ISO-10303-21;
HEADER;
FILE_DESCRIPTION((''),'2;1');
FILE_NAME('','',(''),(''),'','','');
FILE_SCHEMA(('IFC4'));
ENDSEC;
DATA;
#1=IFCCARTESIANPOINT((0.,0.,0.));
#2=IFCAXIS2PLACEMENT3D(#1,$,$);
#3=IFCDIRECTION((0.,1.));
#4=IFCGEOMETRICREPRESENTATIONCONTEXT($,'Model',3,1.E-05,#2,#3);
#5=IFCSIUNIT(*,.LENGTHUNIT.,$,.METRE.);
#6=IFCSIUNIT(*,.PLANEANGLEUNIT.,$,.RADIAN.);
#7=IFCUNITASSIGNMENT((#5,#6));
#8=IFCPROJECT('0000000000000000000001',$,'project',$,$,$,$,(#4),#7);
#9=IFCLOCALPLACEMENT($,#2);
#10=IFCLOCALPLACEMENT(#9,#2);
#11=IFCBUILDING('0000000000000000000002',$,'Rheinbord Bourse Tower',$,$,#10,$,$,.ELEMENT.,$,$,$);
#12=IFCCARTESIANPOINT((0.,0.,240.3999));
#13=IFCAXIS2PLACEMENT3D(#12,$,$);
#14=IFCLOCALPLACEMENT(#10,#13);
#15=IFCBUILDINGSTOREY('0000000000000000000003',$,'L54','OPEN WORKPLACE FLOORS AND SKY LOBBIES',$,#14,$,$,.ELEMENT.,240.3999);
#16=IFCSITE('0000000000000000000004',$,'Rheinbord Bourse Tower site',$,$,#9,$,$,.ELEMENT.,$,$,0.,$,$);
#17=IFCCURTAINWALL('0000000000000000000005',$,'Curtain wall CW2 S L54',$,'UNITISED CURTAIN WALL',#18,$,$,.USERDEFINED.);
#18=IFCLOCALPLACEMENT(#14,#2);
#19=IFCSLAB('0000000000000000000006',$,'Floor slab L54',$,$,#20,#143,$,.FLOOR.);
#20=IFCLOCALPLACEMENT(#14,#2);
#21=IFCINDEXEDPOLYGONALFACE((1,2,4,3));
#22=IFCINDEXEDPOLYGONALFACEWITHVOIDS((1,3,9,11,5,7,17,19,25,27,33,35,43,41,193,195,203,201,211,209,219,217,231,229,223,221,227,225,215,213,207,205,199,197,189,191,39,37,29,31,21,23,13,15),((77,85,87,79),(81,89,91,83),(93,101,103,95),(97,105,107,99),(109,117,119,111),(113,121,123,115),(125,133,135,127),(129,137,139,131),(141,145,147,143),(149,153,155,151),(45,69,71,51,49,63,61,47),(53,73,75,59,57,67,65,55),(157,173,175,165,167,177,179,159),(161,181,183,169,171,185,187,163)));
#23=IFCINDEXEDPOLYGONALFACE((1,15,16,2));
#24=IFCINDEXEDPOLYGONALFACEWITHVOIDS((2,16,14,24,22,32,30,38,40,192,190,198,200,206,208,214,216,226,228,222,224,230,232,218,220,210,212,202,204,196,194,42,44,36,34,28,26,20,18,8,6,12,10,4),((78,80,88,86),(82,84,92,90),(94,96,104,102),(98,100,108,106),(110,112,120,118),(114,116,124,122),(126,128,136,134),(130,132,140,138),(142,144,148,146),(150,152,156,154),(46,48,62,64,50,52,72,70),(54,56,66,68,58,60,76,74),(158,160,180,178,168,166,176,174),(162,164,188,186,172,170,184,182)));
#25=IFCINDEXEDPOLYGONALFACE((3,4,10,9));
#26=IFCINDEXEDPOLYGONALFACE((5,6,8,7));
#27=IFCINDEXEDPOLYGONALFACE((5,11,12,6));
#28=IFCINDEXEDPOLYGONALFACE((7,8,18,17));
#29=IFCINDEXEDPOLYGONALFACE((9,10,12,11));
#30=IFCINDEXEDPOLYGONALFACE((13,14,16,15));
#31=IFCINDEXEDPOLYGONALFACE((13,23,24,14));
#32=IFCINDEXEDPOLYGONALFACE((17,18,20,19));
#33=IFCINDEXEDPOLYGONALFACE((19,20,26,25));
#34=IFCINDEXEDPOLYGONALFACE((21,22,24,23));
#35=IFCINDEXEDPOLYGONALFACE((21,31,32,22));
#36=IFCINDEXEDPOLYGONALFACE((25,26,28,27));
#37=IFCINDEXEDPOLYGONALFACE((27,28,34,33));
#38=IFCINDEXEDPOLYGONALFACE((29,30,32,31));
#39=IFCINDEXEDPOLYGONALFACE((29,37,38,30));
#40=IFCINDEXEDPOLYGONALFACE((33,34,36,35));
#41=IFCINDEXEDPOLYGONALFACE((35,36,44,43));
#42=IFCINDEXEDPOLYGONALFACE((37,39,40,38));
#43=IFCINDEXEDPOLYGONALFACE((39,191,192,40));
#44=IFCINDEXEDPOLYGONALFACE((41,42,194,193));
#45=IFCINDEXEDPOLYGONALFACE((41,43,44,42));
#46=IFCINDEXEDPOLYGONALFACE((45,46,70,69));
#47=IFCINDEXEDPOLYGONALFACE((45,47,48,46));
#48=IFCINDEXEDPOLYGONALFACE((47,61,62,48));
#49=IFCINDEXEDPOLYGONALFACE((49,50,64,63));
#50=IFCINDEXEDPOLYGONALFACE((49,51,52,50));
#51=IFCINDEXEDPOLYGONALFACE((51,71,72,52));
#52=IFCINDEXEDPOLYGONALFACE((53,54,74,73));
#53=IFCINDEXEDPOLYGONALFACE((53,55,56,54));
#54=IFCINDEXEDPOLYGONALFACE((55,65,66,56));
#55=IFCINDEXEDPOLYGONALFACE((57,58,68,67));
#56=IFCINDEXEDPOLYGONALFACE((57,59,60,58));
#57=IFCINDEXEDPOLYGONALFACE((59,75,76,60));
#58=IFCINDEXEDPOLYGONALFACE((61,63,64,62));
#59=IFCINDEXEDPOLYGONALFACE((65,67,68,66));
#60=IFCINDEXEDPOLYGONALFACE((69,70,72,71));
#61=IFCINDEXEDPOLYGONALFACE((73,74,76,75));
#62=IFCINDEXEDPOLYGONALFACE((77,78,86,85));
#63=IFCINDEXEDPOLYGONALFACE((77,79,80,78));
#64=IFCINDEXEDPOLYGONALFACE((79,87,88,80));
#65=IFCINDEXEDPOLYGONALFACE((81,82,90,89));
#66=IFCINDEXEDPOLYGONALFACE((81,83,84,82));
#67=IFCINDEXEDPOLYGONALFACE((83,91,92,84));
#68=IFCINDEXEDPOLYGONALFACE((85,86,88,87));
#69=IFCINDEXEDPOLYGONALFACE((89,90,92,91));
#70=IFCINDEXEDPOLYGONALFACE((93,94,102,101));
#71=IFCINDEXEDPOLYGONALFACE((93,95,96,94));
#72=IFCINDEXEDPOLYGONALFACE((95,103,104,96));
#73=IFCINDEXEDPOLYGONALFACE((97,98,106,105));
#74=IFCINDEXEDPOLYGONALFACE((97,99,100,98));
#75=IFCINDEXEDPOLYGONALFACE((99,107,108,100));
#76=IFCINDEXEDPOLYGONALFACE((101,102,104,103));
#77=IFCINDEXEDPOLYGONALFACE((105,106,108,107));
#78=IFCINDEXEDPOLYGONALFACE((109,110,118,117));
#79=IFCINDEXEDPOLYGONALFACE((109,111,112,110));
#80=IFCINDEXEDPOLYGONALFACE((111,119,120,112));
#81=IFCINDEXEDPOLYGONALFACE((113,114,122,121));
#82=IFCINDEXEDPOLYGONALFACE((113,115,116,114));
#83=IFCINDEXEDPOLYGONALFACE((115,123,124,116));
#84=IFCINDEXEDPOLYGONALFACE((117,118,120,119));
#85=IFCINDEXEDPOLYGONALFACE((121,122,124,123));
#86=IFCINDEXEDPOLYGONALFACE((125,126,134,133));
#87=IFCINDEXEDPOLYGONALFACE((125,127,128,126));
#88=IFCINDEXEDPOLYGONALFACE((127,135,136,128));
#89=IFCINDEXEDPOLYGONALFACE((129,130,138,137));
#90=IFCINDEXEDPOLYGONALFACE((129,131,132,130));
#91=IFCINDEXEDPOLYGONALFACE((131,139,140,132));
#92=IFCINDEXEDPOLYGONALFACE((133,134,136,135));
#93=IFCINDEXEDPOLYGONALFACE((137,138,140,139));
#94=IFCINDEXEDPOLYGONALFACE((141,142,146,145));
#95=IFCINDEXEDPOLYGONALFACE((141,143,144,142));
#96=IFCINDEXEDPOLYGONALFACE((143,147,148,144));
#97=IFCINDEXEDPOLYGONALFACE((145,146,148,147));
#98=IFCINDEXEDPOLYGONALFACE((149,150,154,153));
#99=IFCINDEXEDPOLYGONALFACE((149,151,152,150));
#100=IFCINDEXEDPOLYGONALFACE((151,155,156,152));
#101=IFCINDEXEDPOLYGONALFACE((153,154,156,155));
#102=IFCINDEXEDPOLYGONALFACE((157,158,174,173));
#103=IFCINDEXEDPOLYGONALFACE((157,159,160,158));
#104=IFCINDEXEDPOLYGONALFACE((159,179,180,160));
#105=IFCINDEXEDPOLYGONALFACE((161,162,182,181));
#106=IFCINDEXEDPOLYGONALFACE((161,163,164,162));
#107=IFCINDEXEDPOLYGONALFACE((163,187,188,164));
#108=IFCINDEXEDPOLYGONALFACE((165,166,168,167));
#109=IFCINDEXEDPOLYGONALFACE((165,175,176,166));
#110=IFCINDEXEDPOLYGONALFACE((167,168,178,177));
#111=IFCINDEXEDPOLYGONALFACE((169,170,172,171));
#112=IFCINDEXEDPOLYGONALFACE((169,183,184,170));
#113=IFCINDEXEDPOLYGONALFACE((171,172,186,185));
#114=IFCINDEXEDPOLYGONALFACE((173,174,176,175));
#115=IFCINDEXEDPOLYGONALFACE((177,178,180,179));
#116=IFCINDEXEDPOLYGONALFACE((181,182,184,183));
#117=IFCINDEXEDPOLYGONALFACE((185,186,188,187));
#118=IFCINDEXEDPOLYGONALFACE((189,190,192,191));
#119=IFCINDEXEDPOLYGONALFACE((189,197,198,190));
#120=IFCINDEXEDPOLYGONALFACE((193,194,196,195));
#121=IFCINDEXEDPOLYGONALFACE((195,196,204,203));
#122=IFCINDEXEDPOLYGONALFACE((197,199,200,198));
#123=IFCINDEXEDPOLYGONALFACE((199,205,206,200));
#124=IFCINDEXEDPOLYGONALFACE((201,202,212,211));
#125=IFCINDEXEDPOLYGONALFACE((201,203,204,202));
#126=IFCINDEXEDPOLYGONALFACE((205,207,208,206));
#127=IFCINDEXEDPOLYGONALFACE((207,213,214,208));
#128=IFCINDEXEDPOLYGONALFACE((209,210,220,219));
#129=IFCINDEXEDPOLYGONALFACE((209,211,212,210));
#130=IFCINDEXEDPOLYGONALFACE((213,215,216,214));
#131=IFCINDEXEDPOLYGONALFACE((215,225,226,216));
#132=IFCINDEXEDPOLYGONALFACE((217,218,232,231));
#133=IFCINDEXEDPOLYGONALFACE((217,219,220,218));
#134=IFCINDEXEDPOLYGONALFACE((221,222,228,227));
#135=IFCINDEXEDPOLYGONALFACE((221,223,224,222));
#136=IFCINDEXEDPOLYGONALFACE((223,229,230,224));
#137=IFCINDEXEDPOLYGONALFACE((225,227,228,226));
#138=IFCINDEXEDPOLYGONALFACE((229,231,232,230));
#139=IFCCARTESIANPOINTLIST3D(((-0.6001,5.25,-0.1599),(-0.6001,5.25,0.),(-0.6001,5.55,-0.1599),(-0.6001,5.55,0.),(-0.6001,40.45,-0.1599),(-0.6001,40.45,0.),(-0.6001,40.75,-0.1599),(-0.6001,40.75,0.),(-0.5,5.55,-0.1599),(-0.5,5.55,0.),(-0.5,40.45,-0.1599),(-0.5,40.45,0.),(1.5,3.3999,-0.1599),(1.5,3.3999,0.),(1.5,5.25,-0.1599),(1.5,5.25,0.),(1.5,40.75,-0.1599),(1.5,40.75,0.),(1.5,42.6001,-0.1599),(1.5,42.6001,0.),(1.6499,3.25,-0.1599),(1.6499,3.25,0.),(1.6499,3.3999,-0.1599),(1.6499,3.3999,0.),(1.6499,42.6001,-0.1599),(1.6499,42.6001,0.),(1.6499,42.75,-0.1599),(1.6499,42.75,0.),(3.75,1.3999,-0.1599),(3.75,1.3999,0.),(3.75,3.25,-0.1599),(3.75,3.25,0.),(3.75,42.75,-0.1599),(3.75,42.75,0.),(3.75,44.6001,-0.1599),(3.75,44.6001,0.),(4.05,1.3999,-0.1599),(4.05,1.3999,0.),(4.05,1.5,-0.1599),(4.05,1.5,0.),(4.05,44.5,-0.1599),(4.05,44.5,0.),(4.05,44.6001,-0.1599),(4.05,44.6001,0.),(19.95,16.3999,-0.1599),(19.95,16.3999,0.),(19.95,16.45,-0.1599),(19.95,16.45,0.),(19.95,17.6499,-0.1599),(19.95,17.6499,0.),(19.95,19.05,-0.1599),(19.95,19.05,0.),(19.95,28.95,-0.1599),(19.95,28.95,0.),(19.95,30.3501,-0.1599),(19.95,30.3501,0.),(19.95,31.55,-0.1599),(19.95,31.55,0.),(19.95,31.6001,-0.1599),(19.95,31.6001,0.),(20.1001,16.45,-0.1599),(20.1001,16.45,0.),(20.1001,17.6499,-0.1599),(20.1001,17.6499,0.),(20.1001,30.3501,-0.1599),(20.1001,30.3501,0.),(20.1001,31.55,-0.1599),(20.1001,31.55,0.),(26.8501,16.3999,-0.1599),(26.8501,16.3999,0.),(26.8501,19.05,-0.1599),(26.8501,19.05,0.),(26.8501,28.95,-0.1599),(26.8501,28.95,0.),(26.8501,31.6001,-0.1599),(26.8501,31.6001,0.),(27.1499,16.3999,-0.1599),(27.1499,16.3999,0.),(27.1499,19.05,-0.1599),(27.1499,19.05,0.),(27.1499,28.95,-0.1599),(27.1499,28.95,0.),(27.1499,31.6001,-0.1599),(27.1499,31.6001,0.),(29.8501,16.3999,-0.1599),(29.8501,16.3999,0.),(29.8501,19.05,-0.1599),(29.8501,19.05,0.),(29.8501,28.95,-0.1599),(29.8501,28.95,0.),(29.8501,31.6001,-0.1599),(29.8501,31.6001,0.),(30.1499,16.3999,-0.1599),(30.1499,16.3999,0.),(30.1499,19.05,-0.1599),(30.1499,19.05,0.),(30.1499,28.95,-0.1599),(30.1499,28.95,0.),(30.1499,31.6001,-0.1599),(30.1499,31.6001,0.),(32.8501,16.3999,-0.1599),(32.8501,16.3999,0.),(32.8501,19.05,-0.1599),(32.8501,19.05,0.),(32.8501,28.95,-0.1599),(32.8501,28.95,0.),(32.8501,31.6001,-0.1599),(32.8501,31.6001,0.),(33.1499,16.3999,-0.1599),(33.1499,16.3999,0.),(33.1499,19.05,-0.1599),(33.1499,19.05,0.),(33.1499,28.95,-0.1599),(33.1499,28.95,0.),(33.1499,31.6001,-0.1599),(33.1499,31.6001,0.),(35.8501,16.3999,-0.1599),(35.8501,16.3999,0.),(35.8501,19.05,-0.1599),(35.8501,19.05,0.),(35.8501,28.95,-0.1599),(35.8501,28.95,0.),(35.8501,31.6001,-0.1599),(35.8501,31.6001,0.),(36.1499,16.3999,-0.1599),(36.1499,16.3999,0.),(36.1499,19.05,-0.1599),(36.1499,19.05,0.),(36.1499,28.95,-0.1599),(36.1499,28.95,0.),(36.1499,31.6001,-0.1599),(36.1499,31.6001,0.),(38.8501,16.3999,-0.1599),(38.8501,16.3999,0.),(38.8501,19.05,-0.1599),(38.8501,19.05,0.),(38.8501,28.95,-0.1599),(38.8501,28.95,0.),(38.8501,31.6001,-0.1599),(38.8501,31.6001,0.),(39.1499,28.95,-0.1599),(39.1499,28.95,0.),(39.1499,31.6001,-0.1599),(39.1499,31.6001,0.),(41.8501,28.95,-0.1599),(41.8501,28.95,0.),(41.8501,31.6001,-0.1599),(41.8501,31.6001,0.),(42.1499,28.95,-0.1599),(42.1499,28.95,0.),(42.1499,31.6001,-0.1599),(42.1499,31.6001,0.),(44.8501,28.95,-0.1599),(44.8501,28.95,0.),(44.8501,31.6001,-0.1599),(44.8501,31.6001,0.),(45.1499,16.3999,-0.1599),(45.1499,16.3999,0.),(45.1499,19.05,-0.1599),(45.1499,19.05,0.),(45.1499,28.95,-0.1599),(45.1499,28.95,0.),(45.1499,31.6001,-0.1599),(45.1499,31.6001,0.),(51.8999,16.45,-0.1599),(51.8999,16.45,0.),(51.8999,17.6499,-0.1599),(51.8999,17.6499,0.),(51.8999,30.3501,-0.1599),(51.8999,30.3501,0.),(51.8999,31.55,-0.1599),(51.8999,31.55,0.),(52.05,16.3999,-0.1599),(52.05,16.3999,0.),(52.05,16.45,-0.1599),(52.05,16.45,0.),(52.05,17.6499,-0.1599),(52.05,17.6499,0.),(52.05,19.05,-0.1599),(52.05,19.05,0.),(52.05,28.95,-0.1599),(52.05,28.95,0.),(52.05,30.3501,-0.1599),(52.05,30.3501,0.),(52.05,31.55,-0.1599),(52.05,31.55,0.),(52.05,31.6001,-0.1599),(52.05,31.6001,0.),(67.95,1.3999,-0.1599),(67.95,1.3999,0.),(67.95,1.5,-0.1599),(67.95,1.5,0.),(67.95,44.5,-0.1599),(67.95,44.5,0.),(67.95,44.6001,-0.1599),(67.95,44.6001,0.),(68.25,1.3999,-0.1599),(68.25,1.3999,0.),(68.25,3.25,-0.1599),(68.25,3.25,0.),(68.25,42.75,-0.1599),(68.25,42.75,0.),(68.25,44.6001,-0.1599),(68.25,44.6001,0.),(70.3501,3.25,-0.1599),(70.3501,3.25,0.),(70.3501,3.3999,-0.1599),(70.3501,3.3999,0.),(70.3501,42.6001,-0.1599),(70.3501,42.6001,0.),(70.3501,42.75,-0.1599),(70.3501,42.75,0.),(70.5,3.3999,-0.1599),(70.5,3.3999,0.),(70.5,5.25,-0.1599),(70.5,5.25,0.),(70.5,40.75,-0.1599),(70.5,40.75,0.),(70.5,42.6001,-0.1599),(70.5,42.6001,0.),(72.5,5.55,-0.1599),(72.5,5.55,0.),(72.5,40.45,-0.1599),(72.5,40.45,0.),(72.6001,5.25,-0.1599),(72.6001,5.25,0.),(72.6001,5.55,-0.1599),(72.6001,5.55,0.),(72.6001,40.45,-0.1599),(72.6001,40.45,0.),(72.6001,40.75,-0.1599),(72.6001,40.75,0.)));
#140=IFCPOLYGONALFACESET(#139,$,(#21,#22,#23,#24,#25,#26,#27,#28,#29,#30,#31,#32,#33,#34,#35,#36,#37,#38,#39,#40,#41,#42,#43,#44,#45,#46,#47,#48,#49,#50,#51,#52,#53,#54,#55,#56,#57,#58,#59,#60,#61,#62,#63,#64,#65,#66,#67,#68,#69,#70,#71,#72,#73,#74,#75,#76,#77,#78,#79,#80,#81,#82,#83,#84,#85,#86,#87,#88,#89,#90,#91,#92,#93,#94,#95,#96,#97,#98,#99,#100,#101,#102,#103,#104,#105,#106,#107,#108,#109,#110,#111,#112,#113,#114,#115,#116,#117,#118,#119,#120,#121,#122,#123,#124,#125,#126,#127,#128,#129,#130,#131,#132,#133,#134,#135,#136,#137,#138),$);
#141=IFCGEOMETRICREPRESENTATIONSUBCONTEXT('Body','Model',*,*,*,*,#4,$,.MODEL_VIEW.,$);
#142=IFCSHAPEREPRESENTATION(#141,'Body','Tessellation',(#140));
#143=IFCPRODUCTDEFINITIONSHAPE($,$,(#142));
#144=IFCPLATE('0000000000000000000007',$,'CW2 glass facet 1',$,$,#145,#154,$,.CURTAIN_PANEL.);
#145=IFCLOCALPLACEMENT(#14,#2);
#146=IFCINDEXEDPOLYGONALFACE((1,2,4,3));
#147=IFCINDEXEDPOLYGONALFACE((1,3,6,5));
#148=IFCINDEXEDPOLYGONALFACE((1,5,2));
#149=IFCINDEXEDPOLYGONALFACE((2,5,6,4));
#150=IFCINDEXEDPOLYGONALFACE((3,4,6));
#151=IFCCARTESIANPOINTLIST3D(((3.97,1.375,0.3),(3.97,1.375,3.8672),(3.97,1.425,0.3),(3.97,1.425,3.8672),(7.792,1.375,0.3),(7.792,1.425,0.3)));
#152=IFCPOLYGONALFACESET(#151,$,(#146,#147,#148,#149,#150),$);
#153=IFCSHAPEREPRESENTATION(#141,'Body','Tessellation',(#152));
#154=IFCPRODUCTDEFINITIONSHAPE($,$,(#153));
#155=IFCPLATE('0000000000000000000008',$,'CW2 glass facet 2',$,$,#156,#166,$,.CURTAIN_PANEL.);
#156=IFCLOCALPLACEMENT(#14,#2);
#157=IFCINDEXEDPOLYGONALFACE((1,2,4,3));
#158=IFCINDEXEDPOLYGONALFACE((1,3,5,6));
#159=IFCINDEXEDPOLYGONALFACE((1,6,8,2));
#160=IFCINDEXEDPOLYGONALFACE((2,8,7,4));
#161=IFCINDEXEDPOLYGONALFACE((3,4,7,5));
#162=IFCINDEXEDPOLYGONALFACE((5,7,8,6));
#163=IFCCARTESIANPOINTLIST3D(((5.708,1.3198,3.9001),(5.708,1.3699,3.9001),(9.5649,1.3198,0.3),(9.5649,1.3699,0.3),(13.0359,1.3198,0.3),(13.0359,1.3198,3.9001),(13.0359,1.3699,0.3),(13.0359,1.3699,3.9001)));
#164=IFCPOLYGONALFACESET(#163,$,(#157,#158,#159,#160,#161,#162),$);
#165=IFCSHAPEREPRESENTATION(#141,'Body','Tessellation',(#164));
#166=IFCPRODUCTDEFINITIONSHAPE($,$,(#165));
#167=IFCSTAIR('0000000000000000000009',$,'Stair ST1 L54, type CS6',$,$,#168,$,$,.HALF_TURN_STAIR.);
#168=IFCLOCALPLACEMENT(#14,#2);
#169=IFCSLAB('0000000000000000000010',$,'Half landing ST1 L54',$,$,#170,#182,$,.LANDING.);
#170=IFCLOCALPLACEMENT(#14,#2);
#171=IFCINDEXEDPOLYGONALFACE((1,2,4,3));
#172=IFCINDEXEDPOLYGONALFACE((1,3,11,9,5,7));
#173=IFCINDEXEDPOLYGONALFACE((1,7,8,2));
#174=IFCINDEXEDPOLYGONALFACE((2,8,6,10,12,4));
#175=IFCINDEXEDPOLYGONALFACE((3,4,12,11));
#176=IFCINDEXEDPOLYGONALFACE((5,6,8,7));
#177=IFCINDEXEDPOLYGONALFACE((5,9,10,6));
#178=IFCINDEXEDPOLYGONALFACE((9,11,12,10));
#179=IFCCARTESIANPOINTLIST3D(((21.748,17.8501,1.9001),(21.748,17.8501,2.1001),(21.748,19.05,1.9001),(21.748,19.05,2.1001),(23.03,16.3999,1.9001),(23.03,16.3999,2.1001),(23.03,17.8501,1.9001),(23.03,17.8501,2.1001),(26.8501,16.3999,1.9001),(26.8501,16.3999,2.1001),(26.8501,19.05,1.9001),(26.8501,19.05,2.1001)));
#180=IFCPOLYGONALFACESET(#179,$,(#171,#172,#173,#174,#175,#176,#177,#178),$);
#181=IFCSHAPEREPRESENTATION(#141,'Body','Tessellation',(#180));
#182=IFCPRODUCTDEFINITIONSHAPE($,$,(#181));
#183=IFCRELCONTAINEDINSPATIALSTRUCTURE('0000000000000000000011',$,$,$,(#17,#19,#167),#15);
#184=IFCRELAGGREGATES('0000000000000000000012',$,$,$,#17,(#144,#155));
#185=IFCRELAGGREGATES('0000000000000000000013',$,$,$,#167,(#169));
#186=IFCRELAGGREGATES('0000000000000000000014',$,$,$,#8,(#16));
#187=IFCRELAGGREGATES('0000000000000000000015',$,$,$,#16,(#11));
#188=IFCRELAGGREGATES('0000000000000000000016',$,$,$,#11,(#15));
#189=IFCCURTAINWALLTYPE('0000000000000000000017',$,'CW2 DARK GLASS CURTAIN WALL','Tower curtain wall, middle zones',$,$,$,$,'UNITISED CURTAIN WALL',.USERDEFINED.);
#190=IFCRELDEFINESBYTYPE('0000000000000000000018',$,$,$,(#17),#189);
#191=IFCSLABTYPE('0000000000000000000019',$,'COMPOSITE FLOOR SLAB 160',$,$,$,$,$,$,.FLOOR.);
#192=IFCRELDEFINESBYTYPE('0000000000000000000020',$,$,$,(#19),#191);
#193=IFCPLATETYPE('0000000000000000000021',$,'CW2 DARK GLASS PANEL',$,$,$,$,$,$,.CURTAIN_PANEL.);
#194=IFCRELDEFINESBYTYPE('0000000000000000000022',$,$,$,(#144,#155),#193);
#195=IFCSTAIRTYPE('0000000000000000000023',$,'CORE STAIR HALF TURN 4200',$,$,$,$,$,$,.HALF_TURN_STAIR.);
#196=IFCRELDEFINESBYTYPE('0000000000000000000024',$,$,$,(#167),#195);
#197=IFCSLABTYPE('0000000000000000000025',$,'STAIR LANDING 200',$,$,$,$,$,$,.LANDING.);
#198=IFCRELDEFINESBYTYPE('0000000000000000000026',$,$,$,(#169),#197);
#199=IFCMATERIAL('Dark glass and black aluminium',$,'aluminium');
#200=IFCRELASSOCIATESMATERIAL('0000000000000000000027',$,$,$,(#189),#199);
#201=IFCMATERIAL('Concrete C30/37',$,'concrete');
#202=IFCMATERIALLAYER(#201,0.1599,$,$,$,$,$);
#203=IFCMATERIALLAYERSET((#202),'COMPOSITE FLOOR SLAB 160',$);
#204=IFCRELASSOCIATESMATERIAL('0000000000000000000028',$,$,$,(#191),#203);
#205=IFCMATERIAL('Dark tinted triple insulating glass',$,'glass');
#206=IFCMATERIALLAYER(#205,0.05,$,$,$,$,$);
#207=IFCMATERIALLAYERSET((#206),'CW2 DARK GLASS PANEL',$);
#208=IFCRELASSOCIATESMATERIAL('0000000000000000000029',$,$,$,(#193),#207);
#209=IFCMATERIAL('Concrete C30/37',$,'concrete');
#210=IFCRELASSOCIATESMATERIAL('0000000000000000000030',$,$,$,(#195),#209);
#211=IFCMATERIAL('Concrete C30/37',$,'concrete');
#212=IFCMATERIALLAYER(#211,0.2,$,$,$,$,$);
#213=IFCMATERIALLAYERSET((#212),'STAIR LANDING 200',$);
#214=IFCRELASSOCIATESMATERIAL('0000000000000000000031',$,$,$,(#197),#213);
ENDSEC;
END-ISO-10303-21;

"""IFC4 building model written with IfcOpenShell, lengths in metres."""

from ifc_helpers import new_model, si_unit, direction, frame, origin, place, context, subcontext, project, spatial, polyline, outline, extrude, material, layer, layer_set, type_object, element, aggregate, save


model = new_model("IFC4")

# Units and contexts
model_context = context("Model", 3, precision=1e-05, world=origin(), true_north=direction((0.0, 1.0)))
body_context = subcontext(model_context, "Body", "Model", "MODEL_VIEW")
ifc_project = project(units=[si_unit("LENGTHUNIT", "METRE"), si_unit("PLANEANGLEUNIT", "RADIAN")], contexts=[model_context])

# Site, building, storey
site_placement = place(None, origin())
site = spatial("IfcSite", under=ifc_project, at=site_placement, Name="Rheinbord Bourse Tower site", CompositionType="ELEMENT", RefElevation=0.0)
building_placement = place(site_placement, origin())
building = spatial("IfcBuilding", under=site, at=building_placement, Name="Rheinbord Bourse Tower", CompositionType="ELEMENT")
storey_placement = place(building_placement, frame((0.0, 0.0, 240.3999)))
storey = spatial("IfcBuildingStorey", under=building, at=storey_placement, Name="L54", Description="OPEN WORKPLACE FLOORS AND SKY LOBBIES", CompositionType="ELEMENT", Elevation=240.3999)

# Curtain wall
ifc_material_1 = material(Name="Dark glass and black aluminium", Category="aluminium")
curtain_wall_type = type_object("IfcCurtainWallType", Name="CW2 DARK GLASS CURTAIN WALL", Description="Tower curtain wall, middle zones", ElementType="UNITISED CURTAIN WALL", PredefinedType="USERDEFINED", material=ifc_material_1)
curtain_wall_1_placement = place(storey_placement, origin())
curtain_wall_1 = element("IfcCurtainWall", 1, at=curtain_wall_1_placement, inside=storey, type_object=curtain_wall_type, Name="Curtain wall CW2 S L54", ObjectType="UNITISED CURTAIN WALL", PredefinedType="USERDEFINED")

# Slab
ifc_material_2 = material(Name="Concrete C30/37", Category="concrete")
ifc_layer_1 = layer(ifc_material_2, 0.1599)
ifc_layer_set_1 = layer_set([ifc_layer_1], Name="COMPOSITE FLOOR SLAB 160")
slab_type_1 = type_object("IfcSlabType", Name="COMPOSITE FLOOR SLAB 160", PredefinedType="FLOOR", material=ifc_layer_set_1)
slab_1_placement = place(storey_placement, frame((0.0, 0.0, -0.1599)))
element("IfcSlab", 2, at=slab_1_placement, inside=storey, type_object=slab_type_1, Name="Floor slab L54", PredefinedType="FLOOR", context=body_context, shape_type="SweptSolid", body=[
    extrude(outline(polyline([(1.6499, 3.3999), (1.5, 3.3999), (1.5, 5.25), (-0.6001, 5.25), (-0.6001, 5.55), (-0.5, 5.55), (-0.5, 40.45), (-0.6001, 40.45), (-0.6001, 40.75), (1.5, 40.75), (1.5, 42.6001), (1.6499, 42.6001), (1.6499, 42.75), (3.75, 42.75), (3.75, 44.6001), (4.05, 44.6001), (4.05, 44.5), (67.95, 44.5), (67.95, 44.6001), (68.25, 44.6001), (68.25, 42.75), (70.3501, 42.75), (70.3501, 42.6001), (70.5, 42.6001), (70.5, 40.75), (72.6001, 40.75), (72.6001, 40.45), (72.5, 40.45), (72.5, 5.55), (72.6001, 5.55), (72.6001, 5.25), (70.5, 5.25), (70.5, 3.3999), (70.3501, 3.3999), (70.3501, 3.25), (68.25, 3.25), (68.25, 1.3999), (67.95, 1.3999), (67.95, 1.5), (4.05, 1.5), (4.05, 1.3999), (3.75, 1.3999), (3.75, 3.25), (1.6499, 3.25), (1.6499, 3.3999)]), holes=[polyline([(19.95, 19.05), (26.8501, 19.05), (26.8501, 16.3999), (19.95, 16.3999), (19.95, 16.45), (20.1001, 16.45), (20.1001, 17.6499), (19.95, 17.6499), (19.95, 19.05)]), polyline([(19.95, 31.6001), (26.8501, 31.6001), (26.8501, 28.95), (19.95, 28.95), (19.95, 30.3501), (20.1001, 30.3501), (20.1001, 31.55), (19.95, 31.55), (19.95, 31.6001)]), polyline([(52.05, 16.3999), (45.1499, 16.3999), (45.1499, 19.05), (52.05, 19.05), (52.05, 17.6499), (51.8999, 17.6499), (51.8999, 16.45), (52.05, 16.45), (52.05, 16.3999)]), polyline([(52.05, 28.95), (45.1499, 28.95), (45.1499, 31.6001), (52.05, 31.6001), (52.05, 31.55), (51.8999, 31.55), (51.8999, 30.3501), (52.05, 30.3501), (52.05, 28.95)]), polyline([(27.1499, 16.3999), (27.1499, 19.05), (29.8501, 19.05), (29.8501, 16.3999), (27.1499, 16.3999)]), polyline([(27.1499, 28.95), (27.1499, 31.6001), (29.8501, 31.6001), (29.8501, 28.95), (27.1499, 28.95)]), polyline([(30.1499, 16.3999), (30.1499, 19.05), (32.8501, 19.05), (32.8501, 16.3999), (30.1499, 16.3999)]), polyline([(30.1499, 28.95), (30.1499, 31.6001), (32.8501, 31.6001), (32.8501, 28.95), (30.1499, 28.95)]), polyline([(33.1499, 16.3999), (33.1499, 19.05), (35.8501, 19.05), (35.8501, 16.3999), (33.1499, 16.3999)]), polyline([(33.1499, 28.95), (33.1499, 31.6001), (35.8501, 31.6001), (35.8501, 28.95), (33.1499, 28.95)]), polyline([(36.1499, 16.3999), (36.1499, 19.05), (38.8501, 19.05), (38.8501, 16.3999), (36.1499, 16.3999)]), polyline([(36.1499, 28.95), (36.1499, 31.6001), (38.8501, 31.6001), (38.8501, 28.95), (36.1499, 28.95)]), polyline([(39.1499, 28.95), (39.1499, 31.6001), (41.8501, 31.6001), (41.8501, 28.95), (39.1499, 28.95)]), polyline([(42.1499, 28.95), (42.1499, 31.6001), (44.8501, 31.6001), (44.8501, 28.95), (42.1499, 28.95)])]), origin(), (0.0, 0.0, 1.0), 0.1599),
])

# Plates
ifc_material_3 = material(Name="Dark tinted triple insulating glass", Category="glass")
ifc_layer_2 = layer(ifc_material_3, 0.05)
ifc_layer_set_2 = layer_set([ifc_layer_2], Name="CW2 DARK GLASS PANEL")
plate_type = type_object("IfcPlateType", Name="CW2 DARK GLASS PANEL", PredefinedType="CURTAIN_PANEL", material=ifc_layer_set_2)
plate_1_placement = place(storey_placement, frame((3.97, 1.375, 0.3), z_axis=(0.0, 1.0, 0.0), x_axis=(0.0, 0.0, 1.0)))
plate_1 = element("IfcPlate", 3, at=plate_1_placement, type_object=plate_type, Name="CW2 glass facet 1", PredefinedType="CURTAIN_PANEL", context=body_context, shape_type="SweptSolid", body=[
    extrude(outline(polyline([(0.0, 0.0), (3.5671, 0.0), (0.0, 3.822), (0.0, 0.0)])), origin(), (0.0, 0.0, 1.0), 0.05),
])
plate_2_placement = place(storey_placement, frame((13.0359, 1.3198, 3.9001), z_axis=(0.0, 1.0, 0.0), x_axis=(0.0, 0.0, -1.0)))
plate_2 = element("IfcPlate", 4, at=plate_2_placement, type_object=plate_type, Name="CW2 glass facet 2", PredefinedType="CURTAIN_PANEL", context=body_context, shape_type="SweptSolid", body=[
    extrude(outline(polyline([(0.0, 0.0), (3.6001, 0.0), (3.6001, 3.4709), (0.0, 7.3279), (0.0, 0.0)])), origin(), (0.0, 0.0, 1.0), 0.05),
])
aggregate(curtain_wall_1, [plate_1, plate_2])

# Stair, slab
ifc_material_4 = material(Name="Concrete C30/37", Category="concrete")
stair_type = type_object("IfcStairType", Name="CORE STAIR HALF TURN 4200", PredefinedType="HALF_TURN_STAIR", material=ifc_material_4)
stair_1_placement = place(storey_placement, origin())
stair_1 = element("IfcStair", 5, at=stair_1_placement, inside=storey, type_object=stair_type, Name="Stair ST1 L54, type CS6", PredefinedType="HALF_TURN_STAIR")
ifc_material_5 = material(Name="Concrete C30/37", Category="concrete")
ifc_layer_3 = layer(ifc_material_5, 0.2)
ifc_layer_set_3 = layer_set([ifc_layer_3], Name="STAIR LANDING 200")
slab_type_2 = type_object("IfcSlabType", Name="STAIR LANDING 200", PredefinedType="LANDING", material=ifc_layer_set_3)
slab_2_placement = place(storey_placement, frame((0.0, 0.0, 1.9001)))
slab_2 = element("IfcSlab", 6, at=slab_2_placement, type_object=slab_type_2, Name="Half landing ST1 L54", PredefinedType="LANDING", context=body_context, shape_type="SweptSolid", body=[
    extrude(outline(polyline([(23.03, 16.3999), (26.8501, 16.3999), (26.8501, 19.05), (21.748, 19.05), (21.748, 17.8501), (23.03, 17.8501), (23.03, 16.3999)])), origin(), (0.0, 0.0, 1.0), 0.2),
])
aggregate(stair_1, [slab_2])

save(model, "model.ifc")
